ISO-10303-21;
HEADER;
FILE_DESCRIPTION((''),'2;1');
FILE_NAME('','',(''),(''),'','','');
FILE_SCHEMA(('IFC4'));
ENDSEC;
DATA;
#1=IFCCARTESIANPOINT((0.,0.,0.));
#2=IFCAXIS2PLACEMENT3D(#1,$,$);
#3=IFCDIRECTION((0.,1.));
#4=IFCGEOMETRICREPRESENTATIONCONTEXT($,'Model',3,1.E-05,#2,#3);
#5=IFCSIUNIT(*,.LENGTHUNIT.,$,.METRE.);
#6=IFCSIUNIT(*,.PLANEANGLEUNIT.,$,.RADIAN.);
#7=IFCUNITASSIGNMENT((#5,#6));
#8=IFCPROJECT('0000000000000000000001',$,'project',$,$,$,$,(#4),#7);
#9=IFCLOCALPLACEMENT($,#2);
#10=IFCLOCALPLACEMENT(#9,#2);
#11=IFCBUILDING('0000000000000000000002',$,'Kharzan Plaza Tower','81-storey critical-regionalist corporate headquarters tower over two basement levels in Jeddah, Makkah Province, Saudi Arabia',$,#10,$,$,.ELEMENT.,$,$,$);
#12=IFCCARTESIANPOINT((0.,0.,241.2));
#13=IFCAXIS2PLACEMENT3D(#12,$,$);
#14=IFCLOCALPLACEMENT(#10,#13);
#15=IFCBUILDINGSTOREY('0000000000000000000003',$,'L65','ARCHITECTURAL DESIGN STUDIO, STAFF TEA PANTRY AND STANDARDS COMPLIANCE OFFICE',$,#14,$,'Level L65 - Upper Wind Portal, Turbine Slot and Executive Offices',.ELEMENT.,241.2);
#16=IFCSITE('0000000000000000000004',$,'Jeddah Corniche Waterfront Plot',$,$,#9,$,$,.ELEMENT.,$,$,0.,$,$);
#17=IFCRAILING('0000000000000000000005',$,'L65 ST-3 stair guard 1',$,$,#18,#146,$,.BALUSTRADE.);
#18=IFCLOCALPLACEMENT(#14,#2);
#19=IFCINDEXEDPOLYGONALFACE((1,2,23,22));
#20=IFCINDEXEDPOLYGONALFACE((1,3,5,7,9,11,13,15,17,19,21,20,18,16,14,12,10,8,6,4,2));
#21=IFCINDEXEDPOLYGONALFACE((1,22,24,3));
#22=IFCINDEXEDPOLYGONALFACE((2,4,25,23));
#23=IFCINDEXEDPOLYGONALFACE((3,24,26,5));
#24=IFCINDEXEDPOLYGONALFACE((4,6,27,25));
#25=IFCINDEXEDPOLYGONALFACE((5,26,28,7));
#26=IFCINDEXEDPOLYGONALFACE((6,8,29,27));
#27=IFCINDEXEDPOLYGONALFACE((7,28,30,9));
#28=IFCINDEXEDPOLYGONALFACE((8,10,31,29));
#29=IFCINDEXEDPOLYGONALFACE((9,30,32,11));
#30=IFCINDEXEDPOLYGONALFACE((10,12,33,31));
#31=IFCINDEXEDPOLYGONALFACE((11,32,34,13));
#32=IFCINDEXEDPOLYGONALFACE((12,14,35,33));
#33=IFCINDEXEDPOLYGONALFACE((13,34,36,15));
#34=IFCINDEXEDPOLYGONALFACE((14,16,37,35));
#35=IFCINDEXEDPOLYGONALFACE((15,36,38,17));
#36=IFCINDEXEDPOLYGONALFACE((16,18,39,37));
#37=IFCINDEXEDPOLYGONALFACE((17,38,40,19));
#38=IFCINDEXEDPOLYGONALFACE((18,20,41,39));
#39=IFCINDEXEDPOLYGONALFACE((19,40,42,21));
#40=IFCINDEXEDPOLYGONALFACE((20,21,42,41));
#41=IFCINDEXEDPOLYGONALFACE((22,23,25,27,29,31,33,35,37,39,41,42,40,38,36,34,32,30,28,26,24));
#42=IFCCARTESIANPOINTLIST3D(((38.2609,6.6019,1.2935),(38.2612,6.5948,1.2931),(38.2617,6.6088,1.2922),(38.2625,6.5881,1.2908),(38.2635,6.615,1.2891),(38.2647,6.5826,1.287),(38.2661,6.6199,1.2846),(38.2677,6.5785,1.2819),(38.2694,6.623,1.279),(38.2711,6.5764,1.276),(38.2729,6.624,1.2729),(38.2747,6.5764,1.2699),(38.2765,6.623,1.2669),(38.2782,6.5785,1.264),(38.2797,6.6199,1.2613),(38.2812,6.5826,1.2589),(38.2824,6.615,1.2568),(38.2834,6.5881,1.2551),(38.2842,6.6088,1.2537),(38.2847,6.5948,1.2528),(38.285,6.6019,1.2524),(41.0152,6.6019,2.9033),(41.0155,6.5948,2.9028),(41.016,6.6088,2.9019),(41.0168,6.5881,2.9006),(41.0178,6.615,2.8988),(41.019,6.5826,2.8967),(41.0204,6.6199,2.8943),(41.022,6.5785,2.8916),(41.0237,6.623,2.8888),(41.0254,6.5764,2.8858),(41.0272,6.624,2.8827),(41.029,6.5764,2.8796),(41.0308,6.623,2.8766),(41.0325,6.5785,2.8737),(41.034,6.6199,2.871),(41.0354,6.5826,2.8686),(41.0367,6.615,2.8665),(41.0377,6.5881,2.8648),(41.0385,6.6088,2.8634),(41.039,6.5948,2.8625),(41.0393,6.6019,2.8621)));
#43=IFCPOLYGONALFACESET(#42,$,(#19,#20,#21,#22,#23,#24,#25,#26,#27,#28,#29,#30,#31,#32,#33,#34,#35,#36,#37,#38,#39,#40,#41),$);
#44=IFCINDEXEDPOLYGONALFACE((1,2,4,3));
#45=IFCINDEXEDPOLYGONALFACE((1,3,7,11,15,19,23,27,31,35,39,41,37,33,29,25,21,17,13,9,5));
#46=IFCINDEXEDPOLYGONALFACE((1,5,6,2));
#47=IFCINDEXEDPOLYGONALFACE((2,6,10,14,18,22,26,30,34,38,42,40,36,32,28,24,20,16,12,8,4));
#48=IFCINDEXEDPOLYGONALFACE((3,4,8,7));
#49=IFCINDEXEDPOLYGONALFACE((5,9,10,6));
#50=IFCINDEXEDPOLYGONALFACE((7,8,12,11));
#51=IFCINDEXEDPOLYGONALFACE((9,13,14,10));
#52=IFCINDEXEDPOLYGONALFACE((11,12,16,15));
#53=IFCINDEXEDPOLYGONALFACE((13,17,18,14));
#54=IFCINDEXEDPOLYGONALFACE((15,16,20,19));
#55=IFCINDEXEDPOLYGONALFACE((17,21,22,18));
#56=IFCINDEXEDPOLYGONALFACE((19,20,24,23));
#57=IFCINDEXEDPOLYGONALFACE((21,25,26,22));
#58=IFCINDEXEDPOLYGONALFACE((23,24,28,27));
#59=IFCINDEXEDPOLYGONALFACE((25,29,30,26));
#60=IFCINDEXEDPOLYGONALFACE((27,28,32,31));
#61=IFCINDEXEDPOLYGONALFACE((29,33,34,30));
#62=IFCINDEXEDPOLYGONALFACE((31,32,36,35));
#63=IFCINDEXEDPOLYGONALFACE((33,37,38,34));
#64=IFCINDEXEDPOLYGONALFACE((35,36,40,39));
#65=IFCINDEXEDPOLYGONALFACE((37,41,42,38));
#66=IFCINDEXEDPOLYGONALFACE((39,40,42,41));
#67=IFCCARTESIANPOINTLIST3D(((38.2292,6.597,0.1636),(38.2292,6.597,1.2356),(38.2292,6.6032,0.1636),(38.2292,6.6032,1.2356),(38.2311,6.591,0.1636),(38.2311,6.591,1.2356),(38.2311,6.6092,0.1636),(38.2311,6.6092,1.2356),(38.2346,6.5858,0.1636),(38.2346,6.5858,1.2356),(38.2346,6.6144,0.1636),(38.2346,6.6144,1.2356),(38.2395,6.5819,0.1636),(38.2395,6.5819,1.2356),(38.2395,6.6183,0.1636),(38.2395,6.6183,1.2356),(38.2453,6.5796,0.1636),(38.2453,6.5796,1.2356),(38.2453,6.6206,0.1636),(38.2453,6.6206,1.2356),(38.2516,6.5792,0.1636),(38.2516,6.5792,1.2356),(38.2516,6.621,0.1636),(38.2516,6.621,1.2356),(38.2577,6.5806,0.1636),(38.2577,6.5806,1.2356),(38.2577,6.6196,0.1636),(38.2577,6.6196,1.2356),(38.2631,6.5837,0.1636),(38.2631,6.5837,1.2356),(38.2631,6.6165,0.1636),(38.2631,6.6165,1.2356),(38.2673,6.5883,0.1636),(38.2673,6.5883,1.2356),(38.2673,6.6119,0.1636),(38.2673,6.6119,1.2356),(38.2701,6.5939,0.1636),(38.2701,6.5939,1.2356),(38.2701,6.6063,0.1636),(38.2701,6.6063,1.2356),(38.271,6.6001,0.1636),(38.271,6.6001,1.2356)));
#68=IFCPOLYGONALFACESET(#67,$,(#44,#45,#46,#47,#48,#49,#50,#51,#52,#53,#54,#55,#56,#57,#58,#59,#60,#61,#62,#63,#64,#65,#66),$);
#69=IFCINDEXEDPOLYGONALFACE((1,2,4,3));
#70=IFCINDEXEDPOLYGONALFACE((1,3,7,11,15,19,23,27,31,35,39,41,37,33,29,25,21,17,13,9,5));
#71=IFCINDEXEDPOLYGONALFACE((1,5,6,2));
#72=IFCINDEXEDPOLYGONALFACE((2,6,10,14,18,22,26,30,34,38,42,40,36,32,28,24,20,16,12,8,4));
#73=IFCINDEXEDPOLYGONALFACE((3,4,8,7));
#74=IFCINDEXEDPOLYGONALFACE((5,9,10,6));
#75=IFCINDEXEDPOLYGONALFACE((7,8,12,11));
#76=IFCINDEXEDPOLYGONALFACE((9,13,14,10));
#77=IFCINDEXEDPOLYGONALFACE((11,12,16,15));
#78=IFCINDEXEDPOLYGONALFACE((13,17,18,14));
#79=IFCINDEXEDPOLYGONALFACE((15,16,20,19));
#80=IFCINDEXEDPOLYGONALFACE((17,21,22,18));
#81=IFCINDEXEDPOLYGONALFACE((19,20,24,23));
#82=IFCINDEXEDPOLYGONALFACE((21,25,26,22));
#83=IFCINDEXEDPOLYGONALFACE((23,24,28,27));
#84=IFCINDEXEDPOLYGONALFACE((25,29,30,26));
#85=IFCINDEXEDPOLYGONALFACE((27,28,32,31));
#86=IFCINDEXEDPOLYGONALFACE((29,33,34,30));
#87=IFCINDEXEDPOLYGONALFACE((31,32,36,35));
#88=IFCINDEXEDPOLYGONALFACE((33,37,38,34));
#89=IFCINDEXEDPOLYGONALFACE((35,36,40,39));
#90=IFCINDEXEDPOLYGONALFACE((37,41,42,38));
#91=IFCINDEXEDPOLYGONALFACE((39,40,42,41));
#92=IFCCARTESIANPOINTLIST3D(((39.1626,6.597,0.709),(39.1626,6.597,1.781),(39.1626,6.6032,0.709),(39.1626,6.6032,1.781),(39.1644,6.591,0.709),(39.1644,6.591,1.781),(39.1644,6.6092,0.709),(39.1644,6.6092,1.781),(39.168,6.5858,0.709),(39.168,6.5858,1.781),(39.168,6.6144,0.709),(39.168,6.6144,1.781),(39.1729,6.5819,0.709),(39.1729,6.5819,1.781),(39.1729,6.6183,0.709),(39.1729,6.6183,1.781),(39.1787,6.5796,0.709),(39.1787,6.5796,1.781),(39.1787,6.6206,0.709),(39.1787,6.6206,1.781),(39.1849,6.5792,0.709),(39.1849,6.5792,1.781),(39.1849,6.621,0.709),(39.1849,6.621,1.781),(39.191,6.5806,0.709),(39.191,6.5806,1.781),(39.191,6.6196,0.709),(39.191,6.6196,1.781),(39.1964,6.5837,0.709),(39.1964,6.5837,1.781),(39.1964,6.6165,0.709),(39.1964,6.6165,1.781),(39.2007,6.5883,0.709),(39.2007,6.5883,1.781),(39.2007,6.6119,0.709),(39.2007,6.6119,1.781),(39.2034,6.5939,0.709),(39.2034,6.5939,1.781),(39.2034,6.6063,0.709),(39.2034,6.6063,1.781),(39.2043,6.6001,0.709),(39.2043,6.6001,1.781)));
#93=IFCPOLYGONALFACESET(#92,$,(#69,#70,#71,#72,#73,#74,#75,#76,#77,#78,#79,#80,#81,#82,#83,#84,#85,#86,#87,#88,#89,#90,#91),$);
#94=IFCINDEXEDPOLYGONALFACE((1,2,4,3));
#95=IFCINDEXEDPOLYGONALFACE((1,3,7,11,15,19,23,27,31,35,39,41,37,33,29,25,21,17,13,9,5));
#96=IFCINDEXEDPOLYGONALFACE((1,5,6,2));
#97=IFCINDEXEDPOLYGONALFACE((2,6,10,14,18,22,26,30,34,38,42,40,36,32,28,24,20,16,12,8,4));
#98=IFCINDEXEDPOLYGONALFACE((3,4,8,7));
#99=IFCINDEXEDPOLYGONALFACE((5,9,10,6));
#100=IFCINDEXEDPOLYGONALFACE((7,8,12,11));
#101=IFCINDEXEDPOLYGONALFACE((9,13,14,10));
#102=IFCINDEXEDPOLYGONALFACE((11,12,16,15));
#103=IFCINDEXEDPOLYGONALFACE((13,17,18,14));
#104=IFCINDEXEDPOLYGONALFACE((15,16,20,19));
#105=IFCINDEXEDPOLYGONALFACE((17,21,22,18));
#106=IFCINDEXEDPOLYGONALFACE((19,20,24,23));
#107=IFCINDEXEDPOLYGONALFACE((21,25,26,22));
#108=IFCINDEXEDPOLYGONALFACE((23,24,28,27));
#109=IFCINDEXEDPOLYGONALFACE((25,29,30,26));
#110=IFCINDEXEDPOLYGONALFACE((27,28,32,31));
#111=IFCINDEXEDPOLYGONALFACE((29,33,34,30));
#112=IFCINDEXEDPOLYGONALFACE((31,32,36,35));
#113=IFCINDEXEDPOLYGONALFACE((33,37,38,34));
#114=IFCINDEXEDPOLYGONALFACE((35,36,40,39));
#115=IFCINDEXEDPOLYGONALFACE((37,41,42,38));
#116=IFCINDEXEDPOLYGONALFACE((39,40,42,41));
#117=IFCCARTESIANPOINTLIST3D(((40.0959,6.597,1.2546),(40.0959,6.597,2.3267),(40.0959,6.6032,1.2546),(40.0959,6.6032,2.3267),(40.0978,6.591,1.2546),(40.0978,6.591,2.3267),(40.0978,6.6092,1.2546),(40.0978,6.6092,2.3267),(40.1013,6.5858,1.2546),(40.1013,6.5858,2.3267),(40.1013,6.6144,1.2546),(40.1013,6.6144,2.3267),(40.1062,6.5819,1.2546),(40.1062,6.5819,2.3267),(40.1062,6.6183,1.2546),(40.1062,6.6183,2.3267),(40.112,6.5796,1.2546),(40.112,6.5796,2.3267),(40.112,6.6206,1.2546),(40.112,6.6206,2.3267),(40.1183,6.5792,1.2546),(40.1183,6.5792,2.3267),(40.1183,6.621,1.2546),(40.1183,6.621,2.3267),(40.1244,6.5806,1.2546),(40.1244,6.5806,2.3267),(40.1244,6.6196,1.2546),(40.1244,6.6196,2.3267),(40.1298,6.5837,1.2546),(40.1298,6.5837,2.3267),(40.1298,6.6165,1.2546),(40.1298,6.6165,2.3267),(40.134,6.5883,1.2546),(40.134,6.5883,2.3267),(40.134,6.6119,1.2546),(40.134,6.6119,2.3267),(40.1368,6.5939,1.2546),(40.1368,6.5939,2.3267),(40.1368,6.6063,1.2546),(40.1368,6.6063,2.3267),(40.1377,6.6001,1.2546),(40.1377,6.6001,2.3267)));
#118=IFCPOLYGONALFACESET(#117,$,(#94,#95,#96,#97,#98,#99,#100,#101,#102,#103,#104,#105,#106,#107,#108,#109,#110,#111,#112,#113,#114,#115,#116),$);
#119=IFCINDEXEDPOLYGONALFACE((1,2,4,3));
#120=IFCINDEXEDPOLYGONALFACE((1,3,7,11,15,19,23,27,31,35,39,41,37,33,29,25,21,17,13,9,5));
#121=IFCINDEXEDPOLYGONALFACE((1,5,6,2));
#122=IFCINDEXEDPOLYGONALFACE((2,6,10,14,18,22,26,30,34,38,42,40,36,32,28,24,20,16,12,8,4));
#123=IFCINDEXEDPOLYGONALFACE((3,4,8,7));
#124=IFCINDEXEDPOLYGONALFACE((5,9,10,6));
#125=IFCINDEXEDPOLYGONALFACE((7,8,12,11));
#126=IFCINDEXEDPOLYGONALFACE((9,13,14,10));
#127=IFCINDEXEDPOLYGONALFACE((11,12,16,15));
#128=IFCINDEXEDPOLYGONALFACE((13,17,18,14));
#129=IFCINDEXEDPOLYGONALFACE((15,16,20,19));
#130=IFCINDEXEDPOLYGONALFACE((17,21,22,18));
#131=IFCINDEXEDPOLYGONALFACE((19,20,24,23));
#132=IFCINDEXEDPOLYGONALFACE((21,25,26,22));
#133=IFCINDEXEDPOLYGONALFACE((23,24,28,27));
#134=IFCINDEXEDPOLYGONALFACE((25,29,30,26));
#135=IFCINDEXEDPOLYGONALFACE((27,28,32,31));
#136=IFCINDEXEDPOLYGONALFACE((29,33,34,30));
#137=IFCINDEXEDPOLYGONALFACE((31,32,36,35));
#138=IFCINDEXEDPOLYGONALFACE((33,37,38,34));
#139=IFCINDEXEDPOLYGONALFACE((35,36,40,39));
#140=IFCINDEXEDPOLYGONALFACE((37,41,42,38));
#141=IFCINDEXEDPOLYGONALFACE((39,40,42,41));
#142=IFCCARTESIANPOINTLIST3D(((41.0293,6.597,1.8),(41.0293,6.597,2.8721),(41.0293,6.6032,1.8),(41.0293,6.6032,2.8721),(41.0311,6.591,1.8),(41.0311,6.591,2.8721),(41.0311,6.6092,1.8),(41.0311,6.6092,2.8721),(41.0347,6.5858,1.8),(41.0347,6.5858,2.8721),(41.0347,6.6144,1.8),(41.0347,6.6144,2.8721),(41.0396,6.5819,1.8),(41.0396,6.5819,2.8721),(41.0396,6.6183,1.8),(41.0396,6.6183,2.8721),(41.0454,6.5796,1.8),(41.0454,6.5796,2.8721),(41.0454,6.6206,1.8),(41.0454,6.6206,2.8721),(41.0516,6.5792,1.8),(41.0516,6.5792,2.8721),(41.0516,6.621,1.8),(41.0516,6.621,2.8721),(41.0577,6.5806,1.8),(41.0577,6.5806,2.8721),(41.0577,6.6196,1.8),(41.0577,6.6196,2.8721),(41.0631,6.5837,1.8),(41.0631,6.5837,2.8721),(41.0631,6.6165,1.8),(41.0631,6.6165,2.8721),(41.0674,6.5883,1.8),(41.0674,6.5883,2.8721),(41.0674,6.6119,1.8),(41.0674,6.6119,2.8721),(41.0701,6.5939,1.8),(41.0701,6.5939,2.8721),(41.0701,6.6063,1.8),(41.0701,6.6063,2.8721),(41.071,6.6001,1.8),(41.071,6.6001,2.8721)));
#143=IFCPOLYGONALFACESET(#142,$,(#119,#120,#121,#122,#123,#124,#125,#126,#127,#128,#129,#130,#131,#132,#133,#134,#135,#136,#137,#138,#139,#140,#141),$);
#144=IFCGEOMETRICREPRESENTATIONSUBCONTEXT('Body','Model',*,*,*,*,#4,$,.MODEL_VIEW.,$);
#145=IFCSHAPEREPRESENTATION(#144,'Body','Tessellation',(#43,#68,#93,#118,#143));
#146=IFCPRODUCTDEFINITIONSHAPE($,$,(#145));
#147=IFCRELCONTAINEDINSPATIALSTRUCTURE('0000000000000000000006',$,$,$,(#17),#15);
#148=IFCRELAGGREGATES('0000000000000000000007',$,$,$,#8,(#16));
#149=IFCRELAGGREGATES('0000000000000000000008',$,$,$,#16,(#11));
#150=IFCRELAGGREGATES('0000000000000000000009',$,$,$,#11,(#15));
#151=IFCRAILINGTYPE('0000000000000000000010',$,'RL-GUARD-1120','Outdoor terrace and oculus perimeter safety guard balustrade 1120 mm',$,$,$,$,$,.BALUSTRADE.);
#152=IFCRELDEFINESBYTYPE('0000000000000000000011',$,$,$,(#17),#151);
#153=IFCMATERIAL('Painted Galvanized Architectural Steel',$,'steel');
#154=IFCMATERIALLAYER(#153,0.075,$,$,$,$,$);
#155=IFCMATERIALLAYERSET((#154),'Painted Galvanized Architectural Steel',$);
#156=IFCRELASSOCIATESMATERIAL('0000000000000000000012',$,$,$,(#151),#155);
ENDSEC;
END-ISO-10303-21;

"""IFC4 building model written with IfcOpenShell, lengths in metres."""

from ifc_helpers import new_model, si_unit, direction, frame, origin, origin_2d, place, context, subcontext, project, spatial, circle, extrude, source, transform, mapped, material, layer, layer_set, type_object, element, save


model = new_model("IFC4")

# Units and contexts
model_context = context("Model", 3, precision=1e-05, world=origin(), true_north=direction((0.0, 1.0)))
body_context = subcontext(model_context, "Body", "Model", "MODEL_VIEW")
ifc_project = project(units=[si_unit("LENGTHUNIT", "METRE"), si_unit("PLANEANGLEUNIT", "RADIAN")], contexts=[model_context])

# Site, building, storey
site_placement = place(None, origin())
site = spatial("IfcSite", under=ifc_project, at=site_placement, Name="Jeddah Corniche Waterfront Plot", CompositionType="ELEMENT", RefElevation=0.0)
building_placement = place(site_placement, origin())
building = spatial("IfcBuilding", under=site, at=building_placement, Name="Kharzan Plaza Tower", Description="81-storey critical-regionalist corporate headquarters tower over two basement levels in Jeddah, Makkah Province, Saudi Arabia", CompositionType="ELEMENT")
storey_placement = place(building_placement, frame((0.0, 0.0, 241.2)))
storey = spatial("IfcBuildingStorey", under=building, at=storey_placement, Name="L65", Description="ARCHITECTURAL DESIGN STUDIO, STAFF TEA PANTRY AND STANDARDS COMPLIANCE OFFICE", LongName="Level L65 - Upper Wind Portal, Turbine Slot and Executive Offices", CompositionType="ELEMENT", Elevation=241.2)

# Railing
ifc_material_1 = material(Name="Painted Galvanized Architectural Steel", Category="steel")
ifc_layer_1 = layer(ifc_material_1, 0.075)
ifc_layer_set_1 = layer_set([ifc_layer_1], Name="Painted Galvanized Architectural Steel")
railing_type_1 = type_object("IfcRailingType", Name="RL-GUARD-1120", Description="Outdoor terrace and oculus perimeter safety guard balustrade 1120 mm", PredefinedType="BALUSTRADE", material=ifc_layer_set_1)
shared_shape_1 = source(origin(), body_context, "Body", "SweptSolid", [
    extrude(circle(Radius=0.0239, at=origin_2d()), frame((0.0229, 0.0, 1.1094), z_axis=(0.863361, 0.0, 0.504587), x_axis=(0.0, 1.0, 0.0)), (0.0, 0.0, 1.0), 3.1902),
    extrude(circle(Radius=0.021, at=origin_2d()), origin(), (0.0, 0.0, 1.0), 1.072),
    extrude(circle(Radius=0.021, at=origin_2d()), frame((0.9333, 0.0, 0.5454)), (0.0, 0.0, 1.0), 1.072),
    extrude(circle(Radius=0.021, at=origin_2d()), frame((1.8667, 0.0, 1.0911)), (0.0, 0.0, 1.0), 1.072),
    extrude(circle(Radius=0.021, at=origin_2d()), frame((2.8, 0.0, 1.6365)), (0.0, 0.0, 1.0), 1.072),
])
railing_1_placement = place(storey_placement, frame((38.25, 6.6001, 0.1636)))
element("IfcRailing", 1, at=railing_1_placement, inside=storey, type_object=railing_type_1, Name="L65 ST-3 stair guard 1", PredefinedType="BALUSTRADE", context=body_context, shape_type="MappedRepresentation", body=[
    mapped(shared_shape_1, transform((0.0, 0.0, 0.0), x_axis=(1.0, 0.0, 0.0), y_axis=(0.0, 1.0, 0.0), z_axis=(0.0, 0.0, 1.0))),
])

save(model, "model.ifc")
